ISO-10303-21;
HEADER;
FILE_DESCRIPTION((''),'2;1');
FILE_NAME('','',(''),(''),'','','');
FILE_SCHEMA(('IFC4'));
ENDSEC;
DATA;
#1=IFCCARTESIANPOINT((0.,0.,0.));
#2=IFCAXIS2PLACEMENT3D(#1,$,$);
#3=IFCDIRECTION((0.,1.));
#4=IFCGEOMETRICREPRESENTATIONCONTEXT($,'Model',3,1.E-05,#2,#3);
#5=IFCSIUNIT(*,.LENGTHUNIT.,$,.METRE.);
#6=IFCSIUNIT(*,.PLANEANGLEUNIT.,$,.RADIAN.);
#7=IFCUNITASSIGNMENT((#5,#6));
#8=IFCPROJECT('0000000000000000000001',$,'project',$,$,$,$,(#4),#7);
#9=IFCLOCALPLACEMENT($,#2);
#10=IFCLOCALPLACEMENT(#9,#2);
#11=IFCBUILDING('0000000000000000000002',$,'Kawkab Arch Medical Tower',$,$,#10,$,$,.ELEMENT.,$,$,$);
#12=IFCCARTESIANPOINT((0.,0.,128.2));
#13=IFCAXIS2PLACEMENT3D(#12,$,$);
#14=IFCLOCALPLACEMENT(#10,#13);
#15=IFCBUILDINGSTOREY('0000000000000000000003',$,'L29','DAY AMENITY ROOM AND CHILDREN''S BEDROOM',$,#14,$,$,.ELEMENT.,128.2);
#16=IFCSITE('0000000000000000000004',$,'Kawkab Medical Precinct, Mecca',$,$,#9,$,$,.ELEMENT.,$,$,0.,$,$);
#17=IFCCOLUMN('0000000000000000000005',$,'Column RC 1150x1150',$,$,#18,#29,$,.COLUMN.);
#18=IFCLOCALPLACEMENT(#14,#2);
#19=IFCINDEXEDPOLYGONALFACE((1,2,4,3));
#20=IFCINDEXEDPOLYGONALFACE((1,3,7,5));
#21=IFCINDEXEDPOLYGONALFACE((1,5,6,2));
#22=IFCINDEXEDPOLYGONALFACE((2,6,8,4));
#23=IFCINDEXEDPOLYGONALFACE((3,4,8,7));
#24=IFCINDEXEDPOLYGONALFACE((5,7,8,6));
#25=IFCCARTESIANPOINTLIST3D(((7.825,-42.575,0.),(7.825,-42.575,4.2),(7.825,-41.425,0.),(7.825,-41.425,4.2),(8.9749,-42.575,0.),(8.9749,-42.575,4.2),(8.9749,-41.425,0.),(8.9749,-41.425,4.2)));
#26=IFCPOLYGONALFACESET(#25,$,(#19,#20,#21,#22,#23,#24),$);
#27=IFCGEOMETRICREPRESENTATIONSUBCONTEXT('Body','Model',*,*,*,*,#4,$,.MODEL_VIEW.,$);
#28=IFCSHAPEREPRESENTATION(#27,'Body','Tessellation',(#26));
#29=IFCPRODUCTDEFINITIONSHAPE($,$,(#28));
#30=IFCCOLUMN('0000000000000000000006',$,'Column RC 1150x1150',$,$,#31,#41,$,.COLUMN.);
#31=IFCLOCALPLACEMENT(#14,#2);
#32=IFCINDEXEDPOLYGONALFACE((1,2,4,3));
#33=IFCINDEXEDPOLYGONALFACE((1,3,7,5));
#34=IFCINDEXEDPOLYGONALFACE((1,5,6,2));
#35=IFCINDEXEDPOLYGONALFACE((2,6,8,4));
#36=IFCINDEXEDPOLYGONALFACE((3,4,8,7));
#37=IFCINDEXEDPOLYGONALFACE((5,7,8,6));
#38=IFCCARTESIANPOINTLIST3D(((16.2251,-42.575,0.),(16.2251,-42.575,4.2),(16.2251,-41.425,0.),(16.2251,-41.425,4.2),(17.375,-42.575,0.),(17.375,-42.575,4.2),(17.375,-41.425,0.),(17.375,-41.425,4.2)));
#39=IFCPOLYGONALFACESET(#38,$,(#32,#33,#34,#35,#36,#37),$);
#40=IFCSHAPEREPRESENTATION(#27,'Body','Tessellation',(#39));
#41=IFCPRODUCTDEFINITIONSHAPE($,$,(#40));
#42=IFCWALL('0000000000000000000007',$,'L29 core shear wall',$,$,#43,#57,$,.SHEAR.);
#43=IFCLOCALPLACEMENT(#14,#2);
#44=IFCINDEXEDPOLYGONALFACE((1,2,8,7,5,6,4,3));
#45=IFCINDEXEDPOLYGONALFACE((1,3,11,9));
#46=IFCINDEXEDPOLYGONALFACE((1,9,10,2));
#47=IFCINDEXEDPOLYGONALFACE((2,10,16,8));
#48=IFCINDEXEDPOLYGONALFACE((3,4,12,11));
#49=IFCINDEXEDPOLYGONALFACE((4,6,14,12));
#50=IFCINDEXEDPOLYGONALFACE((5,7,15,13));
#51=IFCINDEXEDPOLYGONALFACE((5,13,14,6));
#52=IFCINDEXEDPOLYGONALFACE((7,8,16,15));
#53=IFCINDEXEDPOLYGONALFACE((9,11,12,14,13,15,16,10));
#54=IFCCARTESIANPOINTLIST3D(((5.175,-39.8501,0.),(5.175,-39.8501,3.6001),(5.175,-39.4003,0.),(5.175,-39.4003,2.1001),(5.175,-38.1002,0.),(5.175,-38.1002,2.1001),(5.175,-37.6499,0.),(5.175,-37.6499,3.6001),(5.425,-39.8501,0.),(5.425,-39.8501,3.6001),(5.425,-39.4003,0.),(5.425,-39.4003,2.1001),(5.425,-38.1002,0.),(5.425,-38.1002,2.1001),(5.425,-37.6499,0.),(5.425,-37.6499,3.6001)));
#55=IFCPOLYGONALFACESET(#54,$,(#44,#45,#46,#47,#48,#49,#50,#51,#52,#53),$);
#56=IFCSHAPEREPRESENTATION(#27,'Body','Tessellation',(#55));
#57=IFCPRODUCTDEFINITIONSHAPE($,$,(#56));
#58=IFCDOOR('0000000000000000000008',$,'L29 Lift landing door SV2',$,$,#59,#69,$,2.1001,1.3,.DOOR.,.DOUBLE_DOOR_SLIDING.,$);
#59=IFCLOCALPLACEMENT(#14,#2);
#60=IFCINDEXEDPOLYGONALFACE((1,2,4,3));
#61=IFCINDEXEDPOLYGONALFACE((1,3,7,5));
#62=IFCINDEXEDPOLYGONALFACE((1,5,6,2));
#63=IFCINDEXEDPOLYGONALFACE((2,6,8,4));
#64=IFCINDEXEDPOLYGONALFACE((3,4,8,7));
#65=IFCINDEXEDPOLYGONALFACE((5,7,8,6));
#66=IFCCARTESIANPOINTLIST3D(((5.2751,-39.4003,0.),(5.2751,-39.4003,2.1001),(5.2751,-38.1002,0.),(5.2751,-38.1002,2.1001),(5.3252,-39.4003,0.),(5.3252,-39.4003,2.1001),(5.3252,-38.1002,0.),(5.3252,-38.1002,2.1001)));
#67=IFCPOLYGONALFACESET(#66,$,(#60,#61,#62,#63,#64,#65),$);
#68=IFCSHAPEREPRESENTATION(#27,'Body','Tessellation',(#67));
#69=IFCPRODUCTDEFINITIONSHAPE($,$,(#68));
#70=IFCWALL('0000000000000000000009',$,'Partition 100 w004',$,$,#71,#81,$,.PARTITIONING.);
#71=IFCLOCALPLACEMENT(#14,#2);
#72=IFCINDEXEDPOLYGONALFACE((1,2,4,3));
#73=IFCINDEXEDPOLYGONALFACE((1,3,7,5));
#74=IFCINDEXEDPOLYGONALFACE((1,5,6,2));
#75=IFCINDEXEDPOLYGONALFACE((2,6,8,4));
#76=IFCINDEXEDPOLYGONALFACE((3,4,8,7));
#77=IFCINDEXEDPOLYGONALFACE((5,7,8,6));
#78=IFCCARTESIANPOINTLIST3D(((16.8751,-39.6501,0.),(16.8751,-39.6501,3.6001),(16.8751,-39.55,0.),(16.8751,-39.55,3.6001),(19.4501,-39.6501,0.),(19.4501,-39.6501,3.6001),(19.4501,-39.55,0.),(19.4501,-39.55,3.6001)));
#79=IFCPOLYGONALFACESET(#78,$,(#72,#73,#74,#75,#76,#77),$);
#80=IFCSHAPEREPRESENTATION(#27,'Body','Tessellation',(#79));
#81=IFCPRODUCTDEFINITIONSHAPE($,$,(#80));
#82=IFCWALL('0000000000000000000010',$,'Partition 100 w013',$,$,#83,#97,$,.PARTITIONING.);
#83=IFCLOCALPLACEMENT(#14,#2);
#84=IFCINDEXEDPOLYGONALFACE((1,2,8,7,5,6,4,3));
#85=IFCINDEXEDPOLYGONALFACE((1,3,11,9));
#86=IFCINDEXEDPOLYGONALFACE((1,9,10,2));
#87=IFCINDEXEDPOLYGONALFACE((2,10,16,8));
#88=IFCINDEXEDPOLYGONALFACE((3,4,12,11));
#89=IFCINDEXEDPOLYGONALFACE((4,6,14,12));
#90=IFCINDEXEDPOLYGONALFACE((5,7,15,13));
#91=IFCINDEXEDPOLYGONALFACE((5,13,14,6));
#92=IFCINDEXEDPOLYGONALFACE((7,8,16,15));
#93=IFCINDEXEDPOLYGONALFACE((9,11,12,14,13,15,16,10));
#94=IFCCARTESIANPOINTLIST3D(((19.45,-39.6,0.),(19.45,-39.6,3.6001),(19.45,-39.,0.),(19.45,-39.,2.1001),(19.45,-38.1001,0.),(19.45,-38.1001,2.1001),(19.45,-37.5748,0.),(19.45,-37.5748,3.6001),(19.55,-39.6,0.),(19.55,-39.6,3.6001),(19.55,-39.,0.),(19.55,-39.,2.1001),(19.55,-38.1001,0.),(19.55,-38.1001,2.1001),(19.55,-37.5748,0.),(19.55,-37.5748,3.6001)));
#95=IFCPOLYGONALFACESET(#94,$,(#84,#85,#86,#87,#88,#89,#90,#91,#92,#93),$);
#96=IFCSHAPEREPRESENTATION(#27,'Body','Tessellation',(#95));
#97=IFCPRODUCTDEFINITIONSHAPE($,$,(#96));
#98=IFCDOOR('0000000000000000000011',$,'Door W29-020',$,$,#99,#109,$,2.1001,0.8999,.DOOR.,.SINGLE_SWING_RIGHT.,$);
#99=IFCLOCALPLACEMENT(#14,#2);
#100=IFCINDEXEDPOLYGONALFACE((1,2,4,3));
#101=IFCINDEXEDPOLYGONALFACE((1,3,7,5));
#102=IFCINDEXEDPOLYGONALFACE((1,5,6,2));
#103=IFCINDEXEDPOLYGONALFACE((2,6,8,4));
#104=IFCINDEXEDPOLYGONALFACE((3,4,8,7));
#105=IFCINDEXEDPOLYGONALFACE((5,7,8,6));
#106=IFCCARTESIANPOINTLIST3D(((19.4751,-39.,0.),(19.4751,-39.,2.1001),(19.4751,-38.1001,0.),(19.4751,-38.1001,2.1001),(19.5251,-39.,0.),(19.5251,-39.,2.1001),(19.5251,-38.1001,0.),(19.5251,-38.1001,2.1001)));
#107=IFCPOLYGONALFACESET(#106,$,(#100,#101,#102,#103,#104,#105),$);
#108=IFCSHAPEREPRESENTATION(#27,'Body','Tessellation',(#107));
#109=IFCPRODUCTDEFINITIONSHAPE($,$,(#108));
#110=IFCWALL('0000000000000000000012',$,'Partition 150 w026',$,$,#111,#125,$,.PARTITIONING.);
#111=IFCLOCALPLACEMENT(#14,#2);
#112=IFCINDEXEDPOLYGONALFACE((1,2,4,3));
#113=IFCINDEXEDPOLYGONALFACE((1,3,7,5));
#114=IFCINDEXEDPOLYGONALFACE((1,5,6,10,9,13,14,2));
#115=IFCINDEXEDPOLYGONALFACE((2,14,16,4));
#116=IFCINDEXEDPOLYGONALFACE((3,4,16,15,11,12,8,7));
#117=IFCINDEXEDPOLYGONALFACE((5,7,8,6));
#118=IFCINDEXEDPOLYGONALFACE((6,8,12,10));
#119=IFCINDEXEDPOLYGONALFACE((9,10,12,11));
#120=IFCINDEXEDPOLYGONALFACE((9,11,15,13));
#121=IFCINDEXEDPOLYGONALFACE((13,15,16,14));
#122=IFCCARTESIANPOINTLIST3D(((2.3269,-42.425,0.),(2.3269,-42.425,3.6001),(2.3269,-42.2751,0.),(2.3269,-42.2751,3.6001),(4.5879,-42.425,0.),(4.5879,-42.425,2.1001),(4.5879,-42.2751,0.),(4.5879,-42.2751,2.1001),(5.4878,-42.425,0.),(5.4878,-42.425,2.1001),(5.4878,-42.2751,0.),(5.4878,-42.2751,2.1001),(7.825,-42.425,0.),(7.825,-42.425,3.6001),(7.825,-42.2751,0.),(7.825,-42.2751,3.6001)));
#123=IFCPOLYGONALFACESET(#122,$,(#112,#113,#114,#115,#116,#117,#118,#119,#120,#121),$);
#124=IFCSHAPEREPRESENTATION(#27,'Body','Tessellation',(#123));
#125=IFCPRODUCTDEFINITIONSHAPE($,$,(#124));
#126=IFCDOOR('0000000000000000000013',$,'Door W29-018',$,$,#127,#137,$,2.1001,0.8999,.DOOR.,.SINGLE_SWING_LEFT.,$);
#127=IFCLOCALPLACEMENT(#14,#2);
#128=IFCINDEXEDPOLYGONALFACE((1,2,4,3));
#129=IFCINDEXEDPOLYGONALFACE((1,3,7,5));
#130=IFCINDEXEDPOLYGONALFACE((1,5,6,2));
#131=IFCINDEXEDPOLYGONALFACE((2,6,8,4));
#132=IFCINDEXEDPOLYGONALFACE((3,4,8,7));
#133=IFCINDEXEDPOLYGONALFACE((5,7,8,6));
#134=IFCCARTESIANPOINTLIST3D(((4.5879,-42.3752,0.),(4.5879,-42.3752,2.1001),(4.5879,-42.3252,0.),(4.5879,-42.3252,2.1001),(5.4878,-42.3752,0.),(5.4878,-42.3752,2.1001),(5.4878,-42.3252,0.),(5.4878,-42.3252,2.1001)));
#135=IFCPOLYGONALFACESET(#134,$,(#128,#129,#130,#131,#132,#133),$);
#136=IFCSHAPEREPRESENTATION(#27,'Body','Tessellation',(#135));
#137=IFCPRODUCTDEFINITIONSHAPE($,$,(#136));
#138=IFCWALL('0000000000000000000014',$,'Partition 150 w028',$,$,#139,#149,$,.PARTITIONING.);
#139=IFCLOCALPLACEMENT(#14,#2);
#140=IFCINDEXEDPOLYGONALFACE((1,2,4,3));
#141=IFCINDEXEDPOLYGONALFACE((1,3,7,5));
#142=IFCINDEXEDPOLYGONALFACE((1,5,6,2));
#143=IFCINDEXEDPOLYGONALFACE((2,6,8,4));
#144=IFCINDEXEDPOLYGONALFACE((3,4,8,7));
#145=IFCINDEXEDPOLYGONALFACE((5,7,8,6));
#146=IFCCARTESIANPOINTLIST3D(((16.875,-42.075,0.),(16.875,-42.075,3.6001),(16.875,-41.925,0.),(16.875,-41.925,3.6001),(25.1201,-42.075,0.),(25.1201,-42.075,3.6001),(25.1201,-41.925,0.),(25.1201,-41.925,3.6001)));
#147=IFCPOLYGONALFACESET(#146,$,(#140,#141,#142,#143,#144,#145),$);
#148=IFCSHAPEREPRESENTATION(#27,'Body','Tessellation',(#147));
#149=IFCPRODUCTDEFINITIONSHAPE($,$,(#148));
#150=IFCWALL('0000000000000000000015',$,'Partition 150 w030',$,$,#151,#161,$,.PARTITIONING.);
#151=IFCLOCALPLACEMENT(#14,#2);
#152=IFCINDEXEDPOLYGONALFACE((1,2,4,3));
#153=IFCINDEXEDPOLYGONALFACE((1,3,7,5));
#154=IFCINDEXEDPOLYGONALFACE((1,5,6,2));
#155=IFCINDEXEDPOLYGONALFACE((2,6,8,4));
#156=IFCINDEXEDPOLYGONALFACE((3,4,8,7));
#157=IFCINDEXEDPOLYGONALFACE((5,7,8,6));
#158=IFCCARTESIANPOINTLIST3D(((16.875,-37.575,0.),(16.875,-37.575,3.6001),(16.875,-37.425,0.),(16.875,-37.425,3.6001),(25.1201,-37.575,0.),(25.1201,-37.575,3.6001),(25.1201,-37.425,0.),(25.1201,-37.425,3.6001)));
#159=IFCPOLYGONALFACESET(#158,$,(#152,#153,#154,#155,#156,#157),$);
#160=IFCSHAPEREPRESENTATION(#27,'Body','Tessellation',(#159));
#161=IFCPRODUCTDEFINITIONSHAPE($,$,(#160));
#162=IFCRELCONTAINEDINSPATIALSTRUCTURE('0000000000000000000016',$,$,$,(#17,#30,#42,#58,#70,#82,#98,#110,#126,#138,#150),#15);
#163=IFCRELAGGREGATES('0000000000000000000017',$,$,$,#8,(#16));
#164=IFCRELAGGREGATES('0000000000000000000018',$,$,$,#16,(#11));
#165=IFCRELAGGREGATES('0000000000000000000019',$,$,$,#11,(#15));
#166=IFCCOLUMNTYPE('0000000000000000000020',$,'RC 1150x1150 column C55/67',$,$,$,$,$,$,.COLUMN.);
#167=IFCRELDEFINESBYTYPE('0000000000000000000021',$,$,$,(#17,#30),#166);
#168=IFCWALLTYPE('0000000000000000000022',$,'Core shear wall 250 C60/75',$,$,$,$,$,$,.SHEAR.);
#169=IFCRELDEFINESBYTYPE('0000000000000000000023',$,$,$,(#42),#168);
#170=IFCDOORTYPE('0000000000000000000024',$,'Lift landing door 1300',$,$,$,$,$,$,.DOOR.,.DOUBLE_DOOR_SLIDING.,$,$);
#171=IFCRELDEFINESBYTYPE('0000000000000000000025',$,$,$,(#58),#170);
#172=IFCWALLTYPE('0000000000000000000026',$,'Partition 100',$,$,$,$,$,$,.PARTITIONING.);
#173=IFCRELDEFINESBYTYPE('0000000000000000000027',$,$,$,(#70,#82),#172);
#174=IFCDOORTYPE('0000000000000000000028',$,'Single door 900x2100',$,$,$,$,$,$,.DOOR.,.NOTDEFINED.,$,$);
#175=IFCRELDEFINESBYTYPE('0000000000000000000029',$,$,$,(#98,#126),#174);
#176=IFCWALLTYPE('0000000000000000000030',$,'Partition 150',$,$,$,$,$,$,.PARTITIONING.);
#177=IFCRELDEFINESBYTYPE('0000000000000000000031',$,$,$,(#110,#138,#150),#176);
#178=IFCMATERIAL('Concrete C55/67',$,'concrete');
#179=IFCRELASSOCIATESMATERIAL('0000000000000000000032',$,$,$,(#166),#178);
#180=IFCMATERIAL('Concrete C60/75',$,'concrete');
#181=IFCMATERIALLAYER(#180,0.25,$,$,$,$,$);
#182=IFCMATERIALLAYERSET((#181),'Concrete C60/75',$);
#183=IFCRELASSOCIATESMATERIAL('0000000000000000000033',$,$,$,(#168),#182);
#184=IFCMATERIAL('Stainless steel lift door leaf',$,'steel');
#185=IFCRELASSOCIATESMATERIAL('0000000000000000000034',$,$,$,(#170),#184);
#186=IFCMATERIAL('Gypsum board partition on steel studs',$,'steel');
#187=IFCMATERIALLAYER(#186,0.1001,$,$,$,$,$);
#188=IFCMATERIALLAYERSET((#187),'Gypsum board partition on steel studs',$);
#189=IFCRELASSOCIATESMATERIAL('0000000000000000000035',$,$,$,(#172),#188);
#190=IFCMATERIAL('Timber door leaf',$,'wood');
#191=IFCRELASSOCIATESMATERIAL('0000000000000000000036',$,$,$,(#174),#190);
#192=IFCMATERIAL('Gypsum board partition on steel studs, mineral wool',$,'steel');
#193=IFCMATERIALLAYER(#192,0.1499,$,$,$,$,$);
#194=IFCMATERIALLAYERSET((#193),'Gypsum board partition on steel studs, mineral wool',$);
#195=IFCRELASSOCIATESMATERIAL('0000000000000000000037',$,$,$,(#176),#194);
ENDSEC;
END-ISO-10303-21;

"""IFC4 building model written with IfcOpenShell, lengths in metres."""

from ifc_helpers import new_model, si_unit, direction, frame, frame_2d, origin, origin_2d, place, context, subcontext, project, spatial, rectangle, extrude, material, layer, layer_set, material_profile, profile_set, type_object, element, fill, save


model = new_model("IFC4")

# Units and contexts
model_context = context("Model", 3, precision=1e-05, world=origin(), true_north=direction((0.0, 1.0)))
body_context = subcontext(model_context, "Body", "Model", "MODEL_VIEW")
ifc_project = project(units=[si_unit("LENGTHUNIT", "METRE"), si_unit("PLANEANGLEUNIT", "RADIAN")], contexts=[model_context])

# Site, building, storey
site_placement = place(None, origin())
site = spatial("IfcSite", under=ifc_project, at=site_placement, Name="Kawkab Medical Precinct, Mecca", CompositionType="ELEMENT", RefElevation=0.0)
building_placement = place(site_placement, origin())
building = spatial("IfcBuilding", under=site, at=building_placement, Name="Kawkab Arch Medical Tower", CompositionType="ELEMENT")
storey_placement = place(building_placement, frame((0.0, 0.0, 128.2)))
storey = spatial("IfcBuildingStorey", under=building, at=storey_placement, Name="L29", Description="DAY AMENITY ROOM AND CHILDREN'S BEDROOM", CompositionType="ELEMENT", Elevation=128.2)

# Columns
ifc_material_1 = material(Name="Concrete C55/67", Category="concrete")
ifc_material_profile = material_profile(ifc_material_1, rectangle(XDim=1.1499, YDim=1.1499, at=origin_2d()), Name="RC 1150x1150")
ifc_profile_set = profile_set([ifc_material_profile], Name="Concrete C55/67")
column_type = type_object("IfcColumnType", Name="RC 1150x1150 column C55/67", PredefinedType="COLUMN", material=ifc_profile_set)
for number, where, z_axis, x_axis, name in (
    (1, (8.3999, -42.0, 0.0), (0.0, 0.0, 1.0), (1.0, 0.0, 0.0), "Column RC 1150x1150"),
    (2, (16.8, -42.0, 0.0), (0.0, 0.0, 1.0), (1.0, 0.0, 0.0), "Column RC 1150x1150"),
):
    element("IfcColumn", number, at=place(storey_placement, frame(where, z_axis=z_axis, x_axis=x_axis)), inside=storey, type_object=column_type, Name=name, PredefinedType="COLUMN", context=body_context, shape_type="SweptSolid", body=[
        extrude(rectangle(XDim=1.1499, YDim=1.1499, at=origin_2d()), origin(), (0.0, 0.0, 1.0), 4.2),
    ])

# Wall, opening, door
ifc_material_2 = material(Name="Concrete C60/75", Category="concrete")
ifc_layer_1 = layer(ifc_material_2, 0.25)
ifc_layer_set_1 = layer_set([ifc_layer_1], Name="Concrete C60/75")
wall_type_1 = type_object("IfcWallType", Name="Core shear wall 250 C60/75", PredefinedType="SHEAR", material=ifc_layer_set_1)
wall_1_placement = place(storey_placement, frame((5.3, -39.8501, 0.0), z_axis=(0.0, 0.0, 1.0), x_axis=(0.0, 1.0, 0.0)))
wall_1 = element("IfcWall", 3, at=wall_1_placement, inside=storey, type_object=wall_type_1, Name="L29 core shear wall", PredefinedType="SHEAR", context=body_context, shape_type="SweptSolid", body=[
    extrude(rectangle(XDim=2.2002, YDim=0.25, at=frame_2d((1.1001, 0.0))), origin(), (0.0, 0.0, 1.0), 3.6001),
])
opening_1_placement = place(wall_1_placement, frame((0.45, 0.0, 0.0)))
opening_1 = element("IfcOpeningElement", 4, at=opening_1_placement, cuts=wall_1, PredefinedType="OPENING", context=body_context, shape_type="SweptSolid", body=[
    extrude(rectangle(XDim=1.3, YDim=2.1001, at=frame_2d((0.6499, 1.05))), frame((0.0, 0.135, 0.0), z_axis=(0.0, -1.0, 0.0), x_axis=(1.0, 0.0, 0.0)), (0.0, 0.0, 1.0), 0.27),
])
ifc_material_3 = material(Name="Stainless steel lift door leaf", Category="steel")
door_type_1 = type_object("IfcDoorType", Name="Lift landing door 1300", OperationType="DOUBLE_DOOR_SLIDING", PredefinedType="DOOR", material=ifc_material_3)
door_1_placement = place(opening_1_placement, origin())
door_1 = element("IfcDoor", 5, at=door_1_placement, inside=storey, type_object=door_type_1, Name="L29 Lift landing door SV2", OperationType="DOUBLE_DOOR_SLIDING", OverallHeight=2.1001, OverallWidth=1.3, PredefinedType="DOOR", context=body_context, shape_type="SweptSolid", body=[
    extrude(rectangle(XDim=1.3, YDim=2.1001, at=frame_2d((0.6499, 1.05))), frame((0.0, 0.0249, 0.0), z_axis=(0.0, -1.0, 0.0), x_axis=(1.0, 0.0, 0.0)), (0.0, 0.0, 1.0), 0.05),
])
fill(opening_1, door_1)

# Wall
ifc_material_4 = material(Name="Gypsum board partition on steel studs", Category="steel")
ifc_layer_2 = layer(ifc_material_4, 0.1001)
ifc_layer_set_2 = layer_set([ifc_layer_2], Name="Gypsum board partition on steel studs")
wall_type_2 = type_object("IfcWallType", Name="Partition 100", PredefinedType="PARTITIONING", material=ifc_layer_set_2)
wall_2_placement = place(storey_placement, frame((16.875, -39.6001, 0.0), z_axis=(0.0, 0.0, 1.0), x_axis=(1.0, 0.0, 0.0)))
element("IfcWall", 6, at=wall_2_placement, inside=storey, type_object=wall_type_2, Name="Partition 100 w004", PredefinedType="PARTITIONING", context=body_context, shape_type="SweptSolid", body=[
    extrude(rectangle(XDim=2.575, YDim=0.1001, at=frame_2d((1.2876, 0.0))), origin(), (0.0, 0.0, 1.0), 3.6001),
])

# Walls, openings, doors
wall_3_placement = place(storey_placement, frame((19.5, -39.6001, 0.0), z_axis=(0.0, 0.0, 1.0), x_axis=(0.0, 1.0, 0.0)))
wall_3 = element("IfcWall", 7, at=wall_3_placement, inside=storey, type_object=wall_type_2, Name="Partition 100 w013", PredefinedType="PARTITIONING", context=body_context, shape_type="SweptSolid", body=[
    extrude(rectangle(XDim=2.0251, YDim=0.1001, at=frame_2d((1.0127, 0.0))), origin(), (0.0, 0.0, 1.0), 3.6001),
])
opening_2_placement = place(wall_3_placement, frame((0.6001, 0.0, 0.0)))
opening_2 = element("IfcOpeningElement", 8, at=opening_2_placement, cuts=wall_3, PredefinedType="OPENING", context=body_context, shape_type="SweptSolid", body=[
    extrude(rectangle(XDim=0.8999, YDim=2.1001, at=frame_2d((0.45, 1.05))), frame((0.0, 0.0601, 0.0), z_axis=(0.0, -1.0, 0.0), x_axis=(1.0, 0.0, 0.0)), (0.0, 0.0, 1.0), 0.1201),
])
ifc_material_5 = material(Name="Timber door leaf", Category="wood")
door_type_2 = type_object("IfcDoorType", Name="Single door 900x2100", OperationType="NOTDEFINED", PredefinedType="DOOR", material=ifc_material_5)
door_2_placement = place(opening_2_placement, origin())
door_2 = element("IfcDoor", 9, at=door_2_placement, inside=storey, type_object=door_type_2, Name="Door W29-020", OperationType="SINGLE_SWING_RIGHT", OverallHeight=2.1001, OverallWidth=0.8999, PredefinedType="DOOR", context=body_context, shape_type="SweptSolid", body=[
    extrude(rectangle(XDim=0.8999, YDim=2.1001, at=frame_2d((0.45, 1.05))), frame((0.0, 0.0249, 0.0), z_axis=(0.0, -1.0, 0.0), x_axis=(1.0, 0.0, 0.0)), (0.0, 0.0, 1.0), 0.05),
])
fill(opening_2, door_2)
ifc_material_6 = material(Name="Gypsum board partition on steel studs, mineral wool", Category="steel")
ifc_layer_3 = layer(ifc_material_6, 0.1499)
ifc_layer_set_3 = layer_set([ifc_layer_3], Name="Gypsum board partition on steel studs, mineral wool")
wall_type_3 = type_object("IfcWallType", Name="Partition 150", PredefinedType="PARTITIONING", material=ifc_layer_set_3)
wall_4_placement = place(storey_placement, frame((2.3269, -42.3501, 0.0), z_axis=(0.0, 0.0, 1.0), x_axis=(1.0, 0.0, 0.0)))
wall_4 = element("IfcWall", 10, at=wall_4_placement, inside=storey, type_object=wall_type_3, Name="Partition 150 w026", PredefinedType="PARTITIONING", context=body_context, shape_type="SweptSolid", body=[
    extrude(rectangle(XDim=5.498, YDim=0.1499, at=frame_2d((2.749, 0.0))), origin(), (0.0, 0.0, 1.0), 3.6001),
])
opening_3_placement = place(wall_4_placement, frame((2.261, 0.0, 0.0)))
opening_3 = element("IfcOpeningElement", 11, at=opening_3_placement, cuts=wall_4, PredefinedType="OPENING", context=body_context, shape_type="SweptSolid", body=[
    extrude(rectangle(XDim=0.8999, YDim=2.1001, at=frame_2d((0.45, 1.05))), frame((0.0, 0.085, 0.0), z_axis=(0.0, -1.0, 0.0), x_axis=(1.0, 0.0, 0.0)), (0.0, 0.0, 1.0), 0.1699),
])
door_3_placement = place(opening_3_placement, origin())
door_3 = element("IfcDoor", 12, at=door_3_placement, inside=storey, type_object=door_type_2, Name="Door W29-018", OperationType="SINGLE_SWING_LEFT", OverallHeight=2.1001, OverallWidth=0.8999, PredefinedType="DOOR", context=body_context, shape_type="SweptSolid", body=[
    extrude(rectangle(XDim=0.8999, YDim=2.1001, at=frame_2d((0.45, 1.05))), frame((0.0, 0.0249, 0.0), z_axis=(0.0, -1.0, 0.0), x_axis=(1.0, 0.0, 0.0)), (0.0, 0.0, 1.0), 0.05),
])
fill(opening_3, door_3)

# Walls
for number, where, z_axis, x_axis, name in (
    (13, (16.875, -42.0, 0.0), (0.0, 0.0, 1.0), (1.0, 0.0, 0.0), "Partition 150 w028"),
    (14, (16.875, -37.5, 0.0), (0.0, 0.0, 1.0), (1.0, 0.0, 0.0), "Partition 150 w030"),
):
    element("IfcWall", number, at=place(storey_placement, frame(where, z_axis=z_axis, x_axis=x_axis)), inside=storey, type_object=wall_type_3, Name=name, PredefinedType="PARTITIONING", context=body_context, shape_type="SweptSolid", body=[
        extrude(rectangle(XDim=8.2451, YDim=0.1499, at=frame_2d((4.1226, 0.0))), origin(), (0.0, 0.0, 1.0), 3.6001),
    ])

save(model, "model.ifc")
